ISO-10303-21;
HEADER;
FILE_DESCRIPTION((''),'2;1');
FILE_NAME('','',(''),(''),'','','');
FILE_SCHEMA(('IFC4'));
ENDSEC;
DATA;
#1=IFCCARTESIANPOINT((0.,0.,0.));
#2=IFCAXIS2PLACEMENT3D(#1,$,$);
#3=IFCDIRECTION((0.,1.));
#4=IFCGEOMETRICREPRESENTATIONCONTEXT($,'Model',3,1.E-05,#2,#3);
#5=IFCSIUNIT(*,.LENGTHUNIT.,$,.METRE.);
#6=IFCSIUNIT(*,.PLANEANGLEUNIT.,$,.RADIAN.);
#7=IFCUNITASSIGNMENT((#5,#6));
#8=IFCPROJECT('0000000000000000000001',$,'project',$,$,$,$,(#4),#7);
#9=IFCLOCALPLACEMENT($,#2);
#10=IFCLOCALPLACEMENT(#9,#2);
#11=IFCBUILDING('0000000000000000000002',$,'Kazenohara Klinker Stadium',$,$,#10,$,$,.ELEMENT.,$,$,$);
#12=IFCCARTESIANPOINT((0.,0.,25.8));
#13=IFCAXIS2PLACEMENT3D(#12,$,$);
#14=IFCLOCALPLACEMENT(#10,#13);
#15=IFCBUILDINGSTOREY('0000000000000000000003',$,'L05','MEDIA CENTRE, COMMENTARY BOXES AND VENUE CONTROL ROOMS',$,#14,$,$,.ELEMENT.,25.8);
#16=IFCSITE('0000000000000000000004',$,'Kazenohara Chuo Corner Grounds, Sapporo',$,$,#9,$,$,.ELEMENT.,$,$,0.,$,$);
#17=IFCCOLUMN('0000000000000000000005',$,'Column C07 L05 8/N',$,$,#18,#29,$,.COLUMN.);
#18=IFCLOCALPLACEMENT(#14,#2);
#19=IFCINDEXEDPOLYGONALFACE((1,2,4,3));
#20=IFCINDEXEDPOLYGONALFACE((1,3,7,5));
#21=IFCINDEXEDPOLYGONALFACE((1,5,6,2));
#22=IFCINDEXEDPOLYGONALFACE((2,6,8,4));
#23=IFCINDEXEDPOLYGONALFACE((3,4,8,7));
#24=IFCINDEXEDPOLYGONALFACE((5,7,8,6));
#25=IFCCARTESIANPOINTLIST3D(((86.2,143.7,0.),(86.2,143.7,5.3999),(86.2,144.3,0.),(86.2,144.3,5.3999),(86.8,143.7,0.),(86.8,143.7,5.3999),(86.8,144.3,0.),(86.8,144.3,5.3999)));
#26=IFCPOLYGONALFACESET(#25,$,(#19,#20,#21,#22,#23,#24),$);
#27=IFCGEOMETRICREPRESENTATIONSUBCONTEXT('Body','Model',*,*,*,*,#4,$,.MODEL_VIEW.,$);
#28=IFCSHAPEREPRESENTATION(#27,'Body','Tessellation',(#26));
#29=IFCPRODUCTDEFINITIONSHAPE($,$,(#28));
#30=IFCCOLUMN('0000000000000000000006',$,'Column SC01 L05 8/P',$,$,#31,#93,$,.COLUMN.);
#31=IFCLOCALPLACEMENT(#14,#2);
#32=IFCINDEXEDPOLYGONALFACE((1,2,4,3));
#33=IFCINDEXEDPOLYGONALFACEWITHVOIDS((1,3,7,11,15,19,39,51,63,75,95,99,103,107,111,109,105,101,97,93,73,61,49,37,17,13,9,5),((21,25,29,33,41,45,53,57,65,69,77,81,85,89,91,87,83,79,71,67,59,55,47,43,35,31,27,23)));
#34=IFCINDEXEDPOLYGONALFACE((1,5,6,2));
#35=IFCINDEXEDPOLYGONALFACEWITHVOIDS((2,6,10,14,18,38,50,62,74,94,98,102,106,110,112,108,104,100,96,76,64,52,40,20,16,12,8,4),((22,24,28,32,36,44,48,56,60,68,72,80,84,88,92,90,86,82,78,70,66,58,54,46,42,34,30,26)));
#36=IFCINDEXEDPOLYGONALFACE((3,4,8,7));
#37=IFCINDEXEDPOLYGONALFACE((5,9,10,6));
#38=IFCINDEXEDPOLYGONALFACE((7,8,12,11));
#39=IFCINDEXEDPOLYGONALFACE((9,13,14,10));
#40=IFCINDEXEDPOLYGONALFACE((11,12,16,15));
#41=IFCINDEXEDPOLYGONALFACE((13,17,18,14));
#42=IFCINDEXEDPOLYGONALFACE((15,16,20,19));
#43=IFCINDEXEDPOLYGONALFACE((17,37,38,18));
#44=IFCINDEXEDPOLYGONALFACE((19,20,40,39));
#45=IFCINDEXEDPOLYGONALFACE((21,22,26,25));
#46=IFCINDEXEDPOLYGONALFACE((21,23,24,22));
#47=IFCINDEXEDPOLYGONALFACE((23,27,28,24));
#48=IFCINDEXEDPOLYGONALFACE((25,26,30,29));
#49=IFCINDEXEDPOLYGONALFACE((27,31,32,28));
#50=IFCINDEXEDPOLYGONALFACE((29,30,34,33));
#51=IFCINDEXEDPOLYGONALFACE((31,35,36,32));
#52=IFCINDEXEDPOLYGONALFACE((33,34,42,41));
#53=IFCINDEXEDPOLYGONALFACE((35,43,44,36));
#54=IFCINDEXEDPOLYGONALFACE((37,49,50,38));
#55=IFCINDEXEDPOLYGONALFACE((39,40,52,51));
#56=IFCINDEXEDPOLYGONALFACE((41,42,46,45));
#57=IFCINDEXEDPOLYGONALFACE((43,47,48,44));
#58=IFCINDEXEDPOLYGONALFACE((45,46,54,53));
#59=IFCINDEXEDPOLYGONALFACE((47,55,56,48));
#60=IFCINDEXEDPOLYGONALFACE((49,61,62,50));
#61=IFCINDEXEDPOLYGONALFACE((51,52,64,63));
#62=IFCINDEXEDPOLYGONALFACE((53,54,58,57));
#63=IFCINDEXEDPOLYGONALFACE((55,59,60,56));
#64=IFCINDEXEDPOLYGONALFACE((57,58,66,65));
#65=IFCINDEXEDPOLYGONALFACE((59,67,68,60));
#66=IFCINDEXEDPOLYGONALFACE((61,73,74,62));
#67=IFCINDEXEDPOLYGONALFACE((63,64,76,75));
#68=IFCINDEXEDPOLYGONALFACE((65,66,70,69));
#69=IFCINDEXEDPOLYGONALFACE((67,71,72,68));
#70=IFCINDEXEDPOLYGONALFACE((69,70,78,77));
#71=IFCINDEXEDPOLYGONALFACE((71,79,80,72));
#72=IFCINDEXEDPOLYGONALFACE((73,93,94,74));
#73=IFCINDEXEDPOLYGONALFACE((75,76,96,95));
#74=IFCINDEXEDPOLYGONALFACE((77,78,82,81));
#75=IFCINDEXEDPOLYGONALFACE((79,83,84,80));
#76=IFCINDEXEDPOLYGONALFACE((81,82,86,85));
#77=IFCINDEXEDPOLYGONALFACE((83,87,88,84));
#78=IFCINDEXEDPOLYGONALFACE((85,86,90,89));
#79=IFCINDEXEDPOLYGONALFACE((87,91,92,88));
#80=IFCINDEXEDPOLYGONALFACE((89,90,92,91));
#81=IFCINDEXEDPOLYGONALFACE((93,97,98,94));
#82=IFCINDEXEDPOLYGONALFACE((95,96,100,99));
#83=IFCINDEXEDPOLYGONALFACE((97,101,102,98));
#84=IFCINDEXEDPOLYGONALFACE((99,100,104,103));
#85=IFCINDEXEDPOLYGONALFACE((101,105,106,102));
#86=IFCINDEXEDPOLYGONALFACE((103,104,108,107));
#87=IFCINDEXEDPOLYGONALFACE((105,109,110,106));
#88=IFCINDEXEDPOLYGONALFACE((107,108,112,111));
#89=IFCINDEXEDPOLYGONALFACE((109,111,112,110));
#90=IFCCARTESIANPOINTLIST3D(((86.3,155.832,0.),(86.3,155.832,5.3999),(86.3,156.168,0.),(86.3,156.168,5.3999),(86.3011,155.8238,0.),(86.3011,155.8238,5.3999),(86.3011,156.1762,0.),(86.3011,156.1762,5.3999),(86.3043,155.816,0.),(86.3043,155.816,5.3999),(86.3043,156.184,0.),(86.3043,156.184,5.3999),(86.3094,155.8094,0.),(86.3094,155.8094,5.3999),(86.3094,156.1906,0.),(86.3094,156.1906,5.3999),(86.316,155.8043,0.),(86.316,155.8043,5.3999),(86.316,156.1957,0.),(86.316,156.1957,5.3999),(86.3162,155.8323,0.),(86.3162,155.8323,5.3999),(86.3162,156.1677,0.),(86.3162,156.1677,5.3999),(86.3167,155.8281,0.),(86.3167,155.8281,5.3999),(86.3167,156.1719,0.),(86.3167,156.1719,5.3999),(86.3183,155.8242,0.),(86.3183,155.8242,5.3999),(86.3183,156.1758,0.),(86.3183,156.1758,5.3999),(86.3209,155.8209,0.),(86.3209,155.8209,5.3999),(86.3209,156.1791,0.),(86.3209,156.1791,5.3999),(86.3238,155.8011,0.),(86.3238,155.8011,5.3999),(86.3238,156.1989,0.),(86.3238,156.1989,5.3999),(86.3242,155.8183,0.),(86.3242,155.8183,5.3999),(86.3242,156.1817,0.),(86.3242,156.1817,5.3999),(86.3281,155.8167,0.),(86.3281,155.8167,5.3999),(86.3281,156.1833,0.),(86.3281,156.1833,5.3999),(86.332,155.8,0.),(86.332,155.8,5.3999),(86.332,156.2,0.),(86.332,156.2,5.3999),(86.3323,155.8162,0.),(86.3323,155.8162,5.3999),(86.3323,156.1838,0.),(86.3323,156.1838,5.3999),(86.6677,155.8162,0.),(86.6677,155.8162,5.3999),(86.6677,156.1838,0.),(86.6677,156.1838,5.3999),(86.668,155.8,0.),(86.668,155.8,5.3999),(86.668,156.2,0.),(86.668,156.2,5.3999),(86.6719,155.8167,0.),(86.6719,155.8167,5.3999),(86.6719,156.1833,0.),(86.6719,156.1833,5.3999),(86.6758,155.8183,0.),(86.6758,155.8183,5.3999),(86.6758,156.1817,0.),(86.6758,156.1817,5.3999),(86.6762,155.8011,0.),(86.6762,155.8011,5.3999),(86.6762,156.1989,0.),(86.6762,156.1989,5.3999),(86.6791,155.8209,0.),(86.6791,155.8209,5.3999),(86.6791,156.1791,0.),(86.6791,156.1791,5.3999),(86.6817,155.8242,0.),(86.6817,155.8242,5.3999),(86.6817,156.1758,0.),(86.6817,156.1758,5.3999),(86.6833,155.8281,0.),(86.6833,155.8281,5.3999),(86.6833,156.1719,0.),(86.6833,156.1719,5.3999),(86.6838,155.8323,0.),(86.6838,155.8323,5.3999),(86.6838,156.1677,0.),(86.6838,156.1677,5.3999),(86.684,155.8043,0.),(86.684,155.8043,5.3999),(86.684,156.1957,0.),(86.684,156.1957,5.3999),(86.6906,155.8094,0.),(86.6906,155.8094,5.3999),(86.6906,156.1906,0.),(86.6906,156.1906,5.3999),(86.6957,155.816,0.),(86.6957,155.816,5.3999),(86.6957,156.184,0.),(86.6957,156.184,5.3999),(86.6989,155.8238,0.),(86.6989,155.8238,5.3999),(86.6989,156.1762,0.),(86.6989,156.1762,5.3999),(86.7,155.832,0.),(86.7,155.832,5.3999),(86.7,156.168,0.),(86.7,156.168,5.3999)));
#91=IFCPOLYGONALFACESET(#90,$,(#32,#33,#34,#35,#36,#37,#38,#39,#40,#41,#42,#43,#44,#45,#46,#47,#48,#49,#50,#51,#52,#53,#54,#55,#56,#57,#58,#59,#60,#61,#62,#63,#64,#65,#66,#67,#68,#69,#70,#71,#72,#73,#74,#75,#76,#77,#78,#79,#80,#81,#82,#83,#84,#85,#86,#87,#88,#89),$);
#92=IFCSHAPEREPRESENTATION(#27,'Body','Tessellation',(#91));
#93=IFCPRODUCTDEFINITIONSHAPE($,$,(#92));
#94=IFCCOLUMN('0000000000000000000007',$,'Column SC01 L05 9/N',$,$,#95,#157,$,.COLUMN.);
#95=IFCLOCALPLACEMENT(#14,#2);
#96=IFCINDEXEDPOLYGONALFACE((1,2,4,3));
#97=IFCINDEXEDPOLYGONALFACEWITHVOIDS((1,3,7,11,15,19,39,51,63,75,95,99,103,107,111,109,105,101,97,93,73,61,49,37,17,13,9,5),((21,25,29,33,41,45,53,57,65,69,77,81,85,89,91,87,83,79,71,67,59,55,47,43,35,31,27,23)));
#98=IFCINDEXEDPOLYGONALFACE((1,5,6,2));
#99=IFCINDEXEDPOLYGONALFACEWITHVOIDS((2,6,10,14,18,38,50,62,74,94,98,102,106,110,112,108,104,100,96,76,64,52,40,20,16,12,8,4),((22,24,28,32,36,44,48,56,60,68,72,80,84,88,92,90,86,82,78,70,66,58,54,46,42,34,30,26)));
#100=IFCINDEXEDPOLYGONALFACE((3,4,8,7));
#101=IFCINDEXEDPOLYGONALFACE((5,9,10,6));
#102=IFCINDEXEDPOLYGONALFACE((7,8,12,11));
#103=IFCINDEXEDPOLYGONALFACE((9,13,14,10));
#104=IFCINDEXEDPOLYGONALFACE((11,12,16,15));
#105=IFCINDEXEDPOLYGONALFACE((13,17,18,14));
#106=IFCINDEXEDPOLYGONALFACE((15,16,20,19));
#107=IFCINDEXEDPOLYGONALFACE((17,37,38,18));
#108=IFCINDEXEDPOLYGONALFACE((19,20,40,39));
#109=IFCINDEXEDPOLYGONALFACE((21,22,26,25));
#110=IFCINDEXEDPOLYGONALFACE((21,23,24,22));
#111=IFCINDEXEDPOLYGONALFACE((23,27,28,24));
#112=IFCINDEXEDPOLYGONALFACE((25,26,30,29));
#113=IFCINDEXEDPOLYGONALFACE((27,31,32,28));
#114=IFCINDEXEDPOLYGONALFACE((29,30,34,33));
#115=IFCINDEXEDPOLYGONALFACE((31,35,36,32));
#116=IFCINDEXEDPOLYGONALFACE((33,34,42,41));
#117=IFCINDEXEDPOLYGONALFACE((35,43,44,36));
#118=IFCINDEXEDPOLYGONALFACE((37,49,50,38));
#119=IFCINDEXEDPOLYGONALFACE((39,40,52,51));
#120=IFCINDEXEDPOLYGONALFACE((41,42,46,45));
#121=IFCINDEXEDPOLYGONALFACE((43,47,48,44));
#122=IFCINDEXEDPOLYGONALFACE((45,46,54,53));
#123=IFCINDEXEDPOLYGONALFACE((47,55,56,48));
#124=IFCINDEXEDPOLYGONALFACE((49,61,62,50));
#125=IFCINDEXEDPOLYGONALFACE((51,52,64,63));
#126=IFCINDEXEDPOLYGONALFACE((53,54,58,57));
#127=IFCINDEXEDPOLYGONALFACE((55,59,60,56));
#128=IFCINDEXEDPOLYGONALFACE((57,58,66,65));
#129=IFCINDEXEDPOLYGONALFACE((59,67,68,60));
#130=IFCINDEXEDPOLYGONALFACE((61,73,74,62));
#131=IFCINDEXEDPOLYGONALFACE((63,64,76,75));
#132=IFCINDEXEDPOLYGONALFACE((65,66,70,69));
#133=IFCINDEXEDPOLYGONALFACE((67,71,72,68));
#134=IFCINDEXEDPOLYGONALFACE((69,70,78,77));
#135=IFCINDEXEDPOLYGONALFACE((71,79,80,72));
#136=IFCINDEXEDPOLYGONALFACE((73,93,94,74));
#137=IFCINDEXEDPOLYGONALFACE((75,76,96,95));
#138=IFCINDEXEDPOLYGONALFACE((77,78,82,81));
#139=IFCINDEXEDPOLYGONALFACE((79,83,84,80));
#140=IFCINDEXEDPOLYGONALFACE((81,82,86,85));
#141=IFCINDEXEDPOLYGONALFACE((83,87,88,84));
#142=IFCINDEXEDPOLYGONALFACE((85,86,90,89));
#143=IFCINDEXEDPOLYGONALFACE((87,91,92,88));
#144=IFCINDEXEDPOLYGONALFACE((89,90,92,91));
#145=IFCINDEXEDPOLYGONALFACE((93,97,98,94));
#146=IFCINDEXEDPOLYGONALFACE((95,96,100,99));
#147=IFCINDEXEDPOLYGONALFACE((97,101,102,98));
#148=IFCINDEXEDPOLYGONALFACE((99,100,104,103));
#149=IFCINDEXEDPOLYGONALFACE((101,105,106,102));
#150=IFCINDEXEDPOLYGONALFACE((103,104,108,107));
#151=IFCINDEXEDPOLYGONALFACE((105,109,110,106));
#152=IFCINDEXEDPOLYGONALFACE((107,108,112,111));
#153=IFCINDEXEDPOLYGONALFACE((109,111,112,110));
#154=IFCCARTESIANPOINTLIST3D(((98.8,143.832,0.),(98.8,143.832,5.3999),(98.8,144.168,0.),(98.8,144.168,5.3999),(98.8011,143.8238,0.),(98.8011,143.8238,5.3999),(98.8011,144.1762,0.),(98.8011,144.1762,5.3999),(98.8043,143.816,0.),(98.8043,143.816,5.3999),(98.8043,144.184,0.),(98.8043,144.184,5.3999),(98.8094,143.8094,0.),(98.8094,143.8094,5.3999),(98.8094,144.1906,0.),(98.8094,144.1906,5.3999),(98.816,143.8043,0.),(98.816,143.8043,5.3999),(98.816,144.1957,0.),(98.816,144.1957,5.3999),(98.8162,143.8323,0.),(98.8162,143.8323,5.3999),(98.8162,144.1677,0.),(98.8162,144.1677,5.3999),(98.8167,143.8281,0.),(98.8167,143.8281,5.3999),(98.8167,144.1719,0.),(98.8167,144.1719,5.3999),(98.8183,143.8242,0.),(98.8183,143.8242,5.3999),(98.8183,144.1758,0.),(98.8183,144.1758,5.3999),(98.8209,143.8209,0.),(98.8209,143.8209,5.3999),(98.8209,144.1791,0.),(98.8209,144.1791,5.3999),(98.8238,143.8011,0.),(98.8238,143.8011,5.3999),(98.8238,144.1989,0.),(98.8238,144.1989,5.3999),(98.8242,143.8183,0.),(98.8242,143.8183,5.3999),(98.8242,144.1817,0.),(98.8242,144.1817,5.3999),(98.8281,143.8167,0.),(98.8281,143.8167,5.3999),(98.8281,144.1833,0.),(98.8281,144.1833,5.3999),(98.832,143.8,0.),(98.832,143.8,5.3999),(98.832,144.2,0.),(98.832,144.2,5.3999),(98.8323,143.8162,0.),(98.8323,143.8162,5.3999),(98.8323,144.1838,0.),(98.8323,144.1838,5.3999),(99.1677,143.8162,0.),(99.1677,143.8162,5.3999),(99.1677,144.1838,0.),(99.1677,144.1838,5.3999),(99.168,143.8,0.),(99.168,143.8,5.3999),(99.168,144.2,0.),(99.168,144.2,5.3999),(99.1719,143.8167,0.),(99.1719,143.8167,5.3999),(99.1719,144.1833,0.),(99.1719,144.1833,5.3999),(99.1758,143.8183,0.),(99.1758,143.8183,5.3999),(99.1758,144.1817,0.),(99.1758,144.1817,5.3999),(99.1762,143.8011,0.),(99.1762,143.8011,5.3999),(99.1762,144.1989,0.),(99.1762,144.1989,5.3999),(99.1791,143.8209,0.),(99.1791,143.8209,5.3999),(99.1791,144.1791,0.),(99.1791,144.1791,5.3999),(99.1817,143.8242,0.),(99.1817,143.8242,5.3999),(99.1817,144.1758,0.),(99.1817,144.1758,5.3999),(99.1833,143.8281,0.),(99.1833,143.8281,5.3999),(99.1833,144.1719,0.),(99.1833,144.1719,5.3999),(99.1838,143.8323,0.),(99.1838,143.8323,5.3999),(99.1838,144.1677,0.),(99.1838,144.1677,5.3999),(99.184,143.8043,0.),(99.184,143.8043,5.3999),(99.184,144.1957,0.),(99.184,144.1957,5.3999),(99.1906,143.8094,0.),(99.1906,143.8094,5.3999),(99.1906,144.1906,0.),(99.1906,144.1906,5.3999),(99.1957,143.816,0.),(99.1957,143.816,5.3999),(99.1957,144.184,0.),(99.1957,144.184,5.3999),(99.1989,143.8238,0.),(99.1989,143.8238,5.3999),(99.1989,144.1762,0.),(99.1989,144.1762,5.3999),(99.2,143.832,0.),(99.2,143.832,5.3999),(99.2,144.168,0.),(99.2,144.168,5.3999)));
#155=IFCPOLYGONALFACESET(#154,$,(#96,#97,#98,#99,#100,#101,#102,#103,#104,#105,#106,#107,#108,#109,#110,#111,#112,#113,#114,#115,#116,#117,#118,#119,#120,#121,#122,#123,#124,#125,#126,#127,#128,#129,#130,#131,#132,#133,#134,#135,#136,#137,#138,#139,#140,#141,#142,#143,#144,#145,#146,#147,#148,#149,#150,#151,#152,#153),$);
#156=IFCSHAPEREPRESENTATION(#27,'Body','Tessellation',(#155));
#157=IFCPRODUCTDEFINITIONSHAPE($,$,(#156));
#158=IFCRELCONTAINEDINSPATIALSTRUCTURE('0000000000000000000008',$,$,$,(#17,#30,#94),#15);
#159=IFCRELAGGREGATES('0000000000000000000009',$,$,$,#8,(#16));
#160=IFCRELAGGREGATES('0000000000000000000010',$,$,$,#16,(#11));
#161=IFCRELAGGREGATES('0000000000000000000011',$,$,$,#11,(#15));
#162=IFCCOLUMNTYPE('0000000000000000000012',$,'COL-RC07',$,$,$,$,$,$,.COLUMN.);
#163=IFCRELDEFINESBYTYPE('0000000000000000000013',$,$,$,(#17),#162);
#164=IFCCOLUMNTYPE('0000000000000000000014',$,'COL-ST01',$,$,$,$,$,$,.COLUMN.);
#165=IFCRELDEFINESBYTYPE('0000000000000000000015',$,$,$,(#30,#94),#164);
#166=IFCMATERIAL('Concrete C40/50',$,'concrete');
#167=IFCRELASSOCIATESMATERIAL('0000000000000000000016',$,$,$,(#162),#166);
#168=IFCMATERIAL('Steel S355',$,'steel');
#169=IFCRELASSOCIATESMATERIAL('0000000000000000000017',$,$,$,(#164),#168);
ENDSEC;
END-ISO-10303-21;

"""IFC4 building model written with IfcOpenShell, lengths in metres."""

from ifc_helpers import new_model, si_unit, direction, frame, origin, origin_2d, place, context, subcontext, project, spatial, rectangle, hollow_rectangle, extrude, material, material_profile, profile_set, type_object, element, save


model = new_model("IFC4")

# Units and contexts
model_context = context("Model", 3, precision=1e-05, world=origin(), true_north=direction((0.0, 1.0)))
body_context = subcontext(model_context, "Body", "Model", "MODEL_VIEW")
ifc_project = project(units=[si_unit("LENGTHUNIT", "METRE"), si_unit("PLANEANGLEUNIT", "RADIAN")], contexts=[model_context])

# Site, building, storey
site_placement = place(None, origin())
site = spatial("IfcSite", under=ifc_project, at=site_placement, Name="Kazenohara Chuo Corner Grounds, Sapporo", CompositionType="ELEMENT", RefElevation=0.0)
building_placement = place(site_placement, origin())
building = spatial("IfcBuilding", under=site, at=building_placement, Name="Kazenohara Klinker Stadium", CompositionType="ELEMENT")
storey_placement = place(building_placement, frame((0.0, 0.0, 25.8)))
storey = spatial("IfcBuildingStorey", under=building, at=storey_placement, Name="L05", Description="MEDIA CENTRE, COMMENTARY BOXES AND VENUE CONTROL ROOMS", CompositionType="ELEMENT", Elevation=25.8)

# Columns
ifc_material_1 = material(Name="Concrete C40/50", Category="concrete")
ifc_material_profile_1 = material_profile(ifc_material_1, rectangle(XDim=0.6001, YDim=0.6001, at=origin_2d()), Name="RC-COL-600x600")
ifc_profile_set_1 = profile_set([ifc_material_profile_1], Name="Concrete C40/50")
column_type_1 = type_object("IfcColumnType", Name="COL-RC07", PredefinedType="COLUMN", material=ifc_profile_set_1)
column_placement = place(storey_placement, frame((86.5, 144.0, 0.0), z_axis=(0.0, 0.0, 1.0), x_axis=(1.0, 0.0, 0.0)))
element("IfcColumn", 1, at=column_placement, inside=storey, type_object=column_type_1, Name="Column C07 L05 8/N", PredefinedType="COLUMN", context=body_context, shape_type="SweptSolid", body=[
    extrude(rectangle(XDim=0.6001, YDim=0.6001, at=origin_2d()), origin(), (0.0, 0.0, 1.0), 5.3999),
])
ifc_material_2 = material(Name="Steel S355", Category="steel")
ifc_material_profile_2 = material_profile(ifc_material_2, hollow_rectangle(XDim=0.3999, YDim=0.3999, WallThickness=0.0161, InnerFilletRadius=0.0161, OuterFilletRadius=0.032, at=origin_2d()), Name="SHS-400x400x16")
ifc_profile_set_2 = profile_set([ifc_material_profile_2], Name="Steel S355")
column_type_2 = type_object("IfcColumnType", Name="COL-ST01", PredefinedType="COLUMN", material=ifc_profile_set_2)
for number, where, z_axis, x_axis, name in (
    (2, (86.5, 156.0, 0.0), (0.0, 0.0, 1.0), (1.0, 0.0, 0.0), "Column SC01 L05 8/P"),
    (3, (99.0, 144.0, 0.0), (0.0, 0.0, 1.0), (1.0, 0.0, 0.0), "Column SC01 L05 9/N"),
):
    element("IfcColumn", number, at=place(storey_placement, frame(where, z_axis=z_axis, x_axis=x_axis)), inside=storey, type_object=column_type_2, Name=name, PredefinedType="COLUMN", context=body_context, shape_type="SweptSolid", body=[
        extrude(hollow_rectangle(XDim=0.3999, YDim=0.3999, WallThickness=0.0161, InnerFilletRadius=0.0161, OuterFilletRadius=0.032, at=origin_2d()), origin(), (0.0, 0.0, 1.0), 5.3999),
    ])

save(model, "model.ifc")
